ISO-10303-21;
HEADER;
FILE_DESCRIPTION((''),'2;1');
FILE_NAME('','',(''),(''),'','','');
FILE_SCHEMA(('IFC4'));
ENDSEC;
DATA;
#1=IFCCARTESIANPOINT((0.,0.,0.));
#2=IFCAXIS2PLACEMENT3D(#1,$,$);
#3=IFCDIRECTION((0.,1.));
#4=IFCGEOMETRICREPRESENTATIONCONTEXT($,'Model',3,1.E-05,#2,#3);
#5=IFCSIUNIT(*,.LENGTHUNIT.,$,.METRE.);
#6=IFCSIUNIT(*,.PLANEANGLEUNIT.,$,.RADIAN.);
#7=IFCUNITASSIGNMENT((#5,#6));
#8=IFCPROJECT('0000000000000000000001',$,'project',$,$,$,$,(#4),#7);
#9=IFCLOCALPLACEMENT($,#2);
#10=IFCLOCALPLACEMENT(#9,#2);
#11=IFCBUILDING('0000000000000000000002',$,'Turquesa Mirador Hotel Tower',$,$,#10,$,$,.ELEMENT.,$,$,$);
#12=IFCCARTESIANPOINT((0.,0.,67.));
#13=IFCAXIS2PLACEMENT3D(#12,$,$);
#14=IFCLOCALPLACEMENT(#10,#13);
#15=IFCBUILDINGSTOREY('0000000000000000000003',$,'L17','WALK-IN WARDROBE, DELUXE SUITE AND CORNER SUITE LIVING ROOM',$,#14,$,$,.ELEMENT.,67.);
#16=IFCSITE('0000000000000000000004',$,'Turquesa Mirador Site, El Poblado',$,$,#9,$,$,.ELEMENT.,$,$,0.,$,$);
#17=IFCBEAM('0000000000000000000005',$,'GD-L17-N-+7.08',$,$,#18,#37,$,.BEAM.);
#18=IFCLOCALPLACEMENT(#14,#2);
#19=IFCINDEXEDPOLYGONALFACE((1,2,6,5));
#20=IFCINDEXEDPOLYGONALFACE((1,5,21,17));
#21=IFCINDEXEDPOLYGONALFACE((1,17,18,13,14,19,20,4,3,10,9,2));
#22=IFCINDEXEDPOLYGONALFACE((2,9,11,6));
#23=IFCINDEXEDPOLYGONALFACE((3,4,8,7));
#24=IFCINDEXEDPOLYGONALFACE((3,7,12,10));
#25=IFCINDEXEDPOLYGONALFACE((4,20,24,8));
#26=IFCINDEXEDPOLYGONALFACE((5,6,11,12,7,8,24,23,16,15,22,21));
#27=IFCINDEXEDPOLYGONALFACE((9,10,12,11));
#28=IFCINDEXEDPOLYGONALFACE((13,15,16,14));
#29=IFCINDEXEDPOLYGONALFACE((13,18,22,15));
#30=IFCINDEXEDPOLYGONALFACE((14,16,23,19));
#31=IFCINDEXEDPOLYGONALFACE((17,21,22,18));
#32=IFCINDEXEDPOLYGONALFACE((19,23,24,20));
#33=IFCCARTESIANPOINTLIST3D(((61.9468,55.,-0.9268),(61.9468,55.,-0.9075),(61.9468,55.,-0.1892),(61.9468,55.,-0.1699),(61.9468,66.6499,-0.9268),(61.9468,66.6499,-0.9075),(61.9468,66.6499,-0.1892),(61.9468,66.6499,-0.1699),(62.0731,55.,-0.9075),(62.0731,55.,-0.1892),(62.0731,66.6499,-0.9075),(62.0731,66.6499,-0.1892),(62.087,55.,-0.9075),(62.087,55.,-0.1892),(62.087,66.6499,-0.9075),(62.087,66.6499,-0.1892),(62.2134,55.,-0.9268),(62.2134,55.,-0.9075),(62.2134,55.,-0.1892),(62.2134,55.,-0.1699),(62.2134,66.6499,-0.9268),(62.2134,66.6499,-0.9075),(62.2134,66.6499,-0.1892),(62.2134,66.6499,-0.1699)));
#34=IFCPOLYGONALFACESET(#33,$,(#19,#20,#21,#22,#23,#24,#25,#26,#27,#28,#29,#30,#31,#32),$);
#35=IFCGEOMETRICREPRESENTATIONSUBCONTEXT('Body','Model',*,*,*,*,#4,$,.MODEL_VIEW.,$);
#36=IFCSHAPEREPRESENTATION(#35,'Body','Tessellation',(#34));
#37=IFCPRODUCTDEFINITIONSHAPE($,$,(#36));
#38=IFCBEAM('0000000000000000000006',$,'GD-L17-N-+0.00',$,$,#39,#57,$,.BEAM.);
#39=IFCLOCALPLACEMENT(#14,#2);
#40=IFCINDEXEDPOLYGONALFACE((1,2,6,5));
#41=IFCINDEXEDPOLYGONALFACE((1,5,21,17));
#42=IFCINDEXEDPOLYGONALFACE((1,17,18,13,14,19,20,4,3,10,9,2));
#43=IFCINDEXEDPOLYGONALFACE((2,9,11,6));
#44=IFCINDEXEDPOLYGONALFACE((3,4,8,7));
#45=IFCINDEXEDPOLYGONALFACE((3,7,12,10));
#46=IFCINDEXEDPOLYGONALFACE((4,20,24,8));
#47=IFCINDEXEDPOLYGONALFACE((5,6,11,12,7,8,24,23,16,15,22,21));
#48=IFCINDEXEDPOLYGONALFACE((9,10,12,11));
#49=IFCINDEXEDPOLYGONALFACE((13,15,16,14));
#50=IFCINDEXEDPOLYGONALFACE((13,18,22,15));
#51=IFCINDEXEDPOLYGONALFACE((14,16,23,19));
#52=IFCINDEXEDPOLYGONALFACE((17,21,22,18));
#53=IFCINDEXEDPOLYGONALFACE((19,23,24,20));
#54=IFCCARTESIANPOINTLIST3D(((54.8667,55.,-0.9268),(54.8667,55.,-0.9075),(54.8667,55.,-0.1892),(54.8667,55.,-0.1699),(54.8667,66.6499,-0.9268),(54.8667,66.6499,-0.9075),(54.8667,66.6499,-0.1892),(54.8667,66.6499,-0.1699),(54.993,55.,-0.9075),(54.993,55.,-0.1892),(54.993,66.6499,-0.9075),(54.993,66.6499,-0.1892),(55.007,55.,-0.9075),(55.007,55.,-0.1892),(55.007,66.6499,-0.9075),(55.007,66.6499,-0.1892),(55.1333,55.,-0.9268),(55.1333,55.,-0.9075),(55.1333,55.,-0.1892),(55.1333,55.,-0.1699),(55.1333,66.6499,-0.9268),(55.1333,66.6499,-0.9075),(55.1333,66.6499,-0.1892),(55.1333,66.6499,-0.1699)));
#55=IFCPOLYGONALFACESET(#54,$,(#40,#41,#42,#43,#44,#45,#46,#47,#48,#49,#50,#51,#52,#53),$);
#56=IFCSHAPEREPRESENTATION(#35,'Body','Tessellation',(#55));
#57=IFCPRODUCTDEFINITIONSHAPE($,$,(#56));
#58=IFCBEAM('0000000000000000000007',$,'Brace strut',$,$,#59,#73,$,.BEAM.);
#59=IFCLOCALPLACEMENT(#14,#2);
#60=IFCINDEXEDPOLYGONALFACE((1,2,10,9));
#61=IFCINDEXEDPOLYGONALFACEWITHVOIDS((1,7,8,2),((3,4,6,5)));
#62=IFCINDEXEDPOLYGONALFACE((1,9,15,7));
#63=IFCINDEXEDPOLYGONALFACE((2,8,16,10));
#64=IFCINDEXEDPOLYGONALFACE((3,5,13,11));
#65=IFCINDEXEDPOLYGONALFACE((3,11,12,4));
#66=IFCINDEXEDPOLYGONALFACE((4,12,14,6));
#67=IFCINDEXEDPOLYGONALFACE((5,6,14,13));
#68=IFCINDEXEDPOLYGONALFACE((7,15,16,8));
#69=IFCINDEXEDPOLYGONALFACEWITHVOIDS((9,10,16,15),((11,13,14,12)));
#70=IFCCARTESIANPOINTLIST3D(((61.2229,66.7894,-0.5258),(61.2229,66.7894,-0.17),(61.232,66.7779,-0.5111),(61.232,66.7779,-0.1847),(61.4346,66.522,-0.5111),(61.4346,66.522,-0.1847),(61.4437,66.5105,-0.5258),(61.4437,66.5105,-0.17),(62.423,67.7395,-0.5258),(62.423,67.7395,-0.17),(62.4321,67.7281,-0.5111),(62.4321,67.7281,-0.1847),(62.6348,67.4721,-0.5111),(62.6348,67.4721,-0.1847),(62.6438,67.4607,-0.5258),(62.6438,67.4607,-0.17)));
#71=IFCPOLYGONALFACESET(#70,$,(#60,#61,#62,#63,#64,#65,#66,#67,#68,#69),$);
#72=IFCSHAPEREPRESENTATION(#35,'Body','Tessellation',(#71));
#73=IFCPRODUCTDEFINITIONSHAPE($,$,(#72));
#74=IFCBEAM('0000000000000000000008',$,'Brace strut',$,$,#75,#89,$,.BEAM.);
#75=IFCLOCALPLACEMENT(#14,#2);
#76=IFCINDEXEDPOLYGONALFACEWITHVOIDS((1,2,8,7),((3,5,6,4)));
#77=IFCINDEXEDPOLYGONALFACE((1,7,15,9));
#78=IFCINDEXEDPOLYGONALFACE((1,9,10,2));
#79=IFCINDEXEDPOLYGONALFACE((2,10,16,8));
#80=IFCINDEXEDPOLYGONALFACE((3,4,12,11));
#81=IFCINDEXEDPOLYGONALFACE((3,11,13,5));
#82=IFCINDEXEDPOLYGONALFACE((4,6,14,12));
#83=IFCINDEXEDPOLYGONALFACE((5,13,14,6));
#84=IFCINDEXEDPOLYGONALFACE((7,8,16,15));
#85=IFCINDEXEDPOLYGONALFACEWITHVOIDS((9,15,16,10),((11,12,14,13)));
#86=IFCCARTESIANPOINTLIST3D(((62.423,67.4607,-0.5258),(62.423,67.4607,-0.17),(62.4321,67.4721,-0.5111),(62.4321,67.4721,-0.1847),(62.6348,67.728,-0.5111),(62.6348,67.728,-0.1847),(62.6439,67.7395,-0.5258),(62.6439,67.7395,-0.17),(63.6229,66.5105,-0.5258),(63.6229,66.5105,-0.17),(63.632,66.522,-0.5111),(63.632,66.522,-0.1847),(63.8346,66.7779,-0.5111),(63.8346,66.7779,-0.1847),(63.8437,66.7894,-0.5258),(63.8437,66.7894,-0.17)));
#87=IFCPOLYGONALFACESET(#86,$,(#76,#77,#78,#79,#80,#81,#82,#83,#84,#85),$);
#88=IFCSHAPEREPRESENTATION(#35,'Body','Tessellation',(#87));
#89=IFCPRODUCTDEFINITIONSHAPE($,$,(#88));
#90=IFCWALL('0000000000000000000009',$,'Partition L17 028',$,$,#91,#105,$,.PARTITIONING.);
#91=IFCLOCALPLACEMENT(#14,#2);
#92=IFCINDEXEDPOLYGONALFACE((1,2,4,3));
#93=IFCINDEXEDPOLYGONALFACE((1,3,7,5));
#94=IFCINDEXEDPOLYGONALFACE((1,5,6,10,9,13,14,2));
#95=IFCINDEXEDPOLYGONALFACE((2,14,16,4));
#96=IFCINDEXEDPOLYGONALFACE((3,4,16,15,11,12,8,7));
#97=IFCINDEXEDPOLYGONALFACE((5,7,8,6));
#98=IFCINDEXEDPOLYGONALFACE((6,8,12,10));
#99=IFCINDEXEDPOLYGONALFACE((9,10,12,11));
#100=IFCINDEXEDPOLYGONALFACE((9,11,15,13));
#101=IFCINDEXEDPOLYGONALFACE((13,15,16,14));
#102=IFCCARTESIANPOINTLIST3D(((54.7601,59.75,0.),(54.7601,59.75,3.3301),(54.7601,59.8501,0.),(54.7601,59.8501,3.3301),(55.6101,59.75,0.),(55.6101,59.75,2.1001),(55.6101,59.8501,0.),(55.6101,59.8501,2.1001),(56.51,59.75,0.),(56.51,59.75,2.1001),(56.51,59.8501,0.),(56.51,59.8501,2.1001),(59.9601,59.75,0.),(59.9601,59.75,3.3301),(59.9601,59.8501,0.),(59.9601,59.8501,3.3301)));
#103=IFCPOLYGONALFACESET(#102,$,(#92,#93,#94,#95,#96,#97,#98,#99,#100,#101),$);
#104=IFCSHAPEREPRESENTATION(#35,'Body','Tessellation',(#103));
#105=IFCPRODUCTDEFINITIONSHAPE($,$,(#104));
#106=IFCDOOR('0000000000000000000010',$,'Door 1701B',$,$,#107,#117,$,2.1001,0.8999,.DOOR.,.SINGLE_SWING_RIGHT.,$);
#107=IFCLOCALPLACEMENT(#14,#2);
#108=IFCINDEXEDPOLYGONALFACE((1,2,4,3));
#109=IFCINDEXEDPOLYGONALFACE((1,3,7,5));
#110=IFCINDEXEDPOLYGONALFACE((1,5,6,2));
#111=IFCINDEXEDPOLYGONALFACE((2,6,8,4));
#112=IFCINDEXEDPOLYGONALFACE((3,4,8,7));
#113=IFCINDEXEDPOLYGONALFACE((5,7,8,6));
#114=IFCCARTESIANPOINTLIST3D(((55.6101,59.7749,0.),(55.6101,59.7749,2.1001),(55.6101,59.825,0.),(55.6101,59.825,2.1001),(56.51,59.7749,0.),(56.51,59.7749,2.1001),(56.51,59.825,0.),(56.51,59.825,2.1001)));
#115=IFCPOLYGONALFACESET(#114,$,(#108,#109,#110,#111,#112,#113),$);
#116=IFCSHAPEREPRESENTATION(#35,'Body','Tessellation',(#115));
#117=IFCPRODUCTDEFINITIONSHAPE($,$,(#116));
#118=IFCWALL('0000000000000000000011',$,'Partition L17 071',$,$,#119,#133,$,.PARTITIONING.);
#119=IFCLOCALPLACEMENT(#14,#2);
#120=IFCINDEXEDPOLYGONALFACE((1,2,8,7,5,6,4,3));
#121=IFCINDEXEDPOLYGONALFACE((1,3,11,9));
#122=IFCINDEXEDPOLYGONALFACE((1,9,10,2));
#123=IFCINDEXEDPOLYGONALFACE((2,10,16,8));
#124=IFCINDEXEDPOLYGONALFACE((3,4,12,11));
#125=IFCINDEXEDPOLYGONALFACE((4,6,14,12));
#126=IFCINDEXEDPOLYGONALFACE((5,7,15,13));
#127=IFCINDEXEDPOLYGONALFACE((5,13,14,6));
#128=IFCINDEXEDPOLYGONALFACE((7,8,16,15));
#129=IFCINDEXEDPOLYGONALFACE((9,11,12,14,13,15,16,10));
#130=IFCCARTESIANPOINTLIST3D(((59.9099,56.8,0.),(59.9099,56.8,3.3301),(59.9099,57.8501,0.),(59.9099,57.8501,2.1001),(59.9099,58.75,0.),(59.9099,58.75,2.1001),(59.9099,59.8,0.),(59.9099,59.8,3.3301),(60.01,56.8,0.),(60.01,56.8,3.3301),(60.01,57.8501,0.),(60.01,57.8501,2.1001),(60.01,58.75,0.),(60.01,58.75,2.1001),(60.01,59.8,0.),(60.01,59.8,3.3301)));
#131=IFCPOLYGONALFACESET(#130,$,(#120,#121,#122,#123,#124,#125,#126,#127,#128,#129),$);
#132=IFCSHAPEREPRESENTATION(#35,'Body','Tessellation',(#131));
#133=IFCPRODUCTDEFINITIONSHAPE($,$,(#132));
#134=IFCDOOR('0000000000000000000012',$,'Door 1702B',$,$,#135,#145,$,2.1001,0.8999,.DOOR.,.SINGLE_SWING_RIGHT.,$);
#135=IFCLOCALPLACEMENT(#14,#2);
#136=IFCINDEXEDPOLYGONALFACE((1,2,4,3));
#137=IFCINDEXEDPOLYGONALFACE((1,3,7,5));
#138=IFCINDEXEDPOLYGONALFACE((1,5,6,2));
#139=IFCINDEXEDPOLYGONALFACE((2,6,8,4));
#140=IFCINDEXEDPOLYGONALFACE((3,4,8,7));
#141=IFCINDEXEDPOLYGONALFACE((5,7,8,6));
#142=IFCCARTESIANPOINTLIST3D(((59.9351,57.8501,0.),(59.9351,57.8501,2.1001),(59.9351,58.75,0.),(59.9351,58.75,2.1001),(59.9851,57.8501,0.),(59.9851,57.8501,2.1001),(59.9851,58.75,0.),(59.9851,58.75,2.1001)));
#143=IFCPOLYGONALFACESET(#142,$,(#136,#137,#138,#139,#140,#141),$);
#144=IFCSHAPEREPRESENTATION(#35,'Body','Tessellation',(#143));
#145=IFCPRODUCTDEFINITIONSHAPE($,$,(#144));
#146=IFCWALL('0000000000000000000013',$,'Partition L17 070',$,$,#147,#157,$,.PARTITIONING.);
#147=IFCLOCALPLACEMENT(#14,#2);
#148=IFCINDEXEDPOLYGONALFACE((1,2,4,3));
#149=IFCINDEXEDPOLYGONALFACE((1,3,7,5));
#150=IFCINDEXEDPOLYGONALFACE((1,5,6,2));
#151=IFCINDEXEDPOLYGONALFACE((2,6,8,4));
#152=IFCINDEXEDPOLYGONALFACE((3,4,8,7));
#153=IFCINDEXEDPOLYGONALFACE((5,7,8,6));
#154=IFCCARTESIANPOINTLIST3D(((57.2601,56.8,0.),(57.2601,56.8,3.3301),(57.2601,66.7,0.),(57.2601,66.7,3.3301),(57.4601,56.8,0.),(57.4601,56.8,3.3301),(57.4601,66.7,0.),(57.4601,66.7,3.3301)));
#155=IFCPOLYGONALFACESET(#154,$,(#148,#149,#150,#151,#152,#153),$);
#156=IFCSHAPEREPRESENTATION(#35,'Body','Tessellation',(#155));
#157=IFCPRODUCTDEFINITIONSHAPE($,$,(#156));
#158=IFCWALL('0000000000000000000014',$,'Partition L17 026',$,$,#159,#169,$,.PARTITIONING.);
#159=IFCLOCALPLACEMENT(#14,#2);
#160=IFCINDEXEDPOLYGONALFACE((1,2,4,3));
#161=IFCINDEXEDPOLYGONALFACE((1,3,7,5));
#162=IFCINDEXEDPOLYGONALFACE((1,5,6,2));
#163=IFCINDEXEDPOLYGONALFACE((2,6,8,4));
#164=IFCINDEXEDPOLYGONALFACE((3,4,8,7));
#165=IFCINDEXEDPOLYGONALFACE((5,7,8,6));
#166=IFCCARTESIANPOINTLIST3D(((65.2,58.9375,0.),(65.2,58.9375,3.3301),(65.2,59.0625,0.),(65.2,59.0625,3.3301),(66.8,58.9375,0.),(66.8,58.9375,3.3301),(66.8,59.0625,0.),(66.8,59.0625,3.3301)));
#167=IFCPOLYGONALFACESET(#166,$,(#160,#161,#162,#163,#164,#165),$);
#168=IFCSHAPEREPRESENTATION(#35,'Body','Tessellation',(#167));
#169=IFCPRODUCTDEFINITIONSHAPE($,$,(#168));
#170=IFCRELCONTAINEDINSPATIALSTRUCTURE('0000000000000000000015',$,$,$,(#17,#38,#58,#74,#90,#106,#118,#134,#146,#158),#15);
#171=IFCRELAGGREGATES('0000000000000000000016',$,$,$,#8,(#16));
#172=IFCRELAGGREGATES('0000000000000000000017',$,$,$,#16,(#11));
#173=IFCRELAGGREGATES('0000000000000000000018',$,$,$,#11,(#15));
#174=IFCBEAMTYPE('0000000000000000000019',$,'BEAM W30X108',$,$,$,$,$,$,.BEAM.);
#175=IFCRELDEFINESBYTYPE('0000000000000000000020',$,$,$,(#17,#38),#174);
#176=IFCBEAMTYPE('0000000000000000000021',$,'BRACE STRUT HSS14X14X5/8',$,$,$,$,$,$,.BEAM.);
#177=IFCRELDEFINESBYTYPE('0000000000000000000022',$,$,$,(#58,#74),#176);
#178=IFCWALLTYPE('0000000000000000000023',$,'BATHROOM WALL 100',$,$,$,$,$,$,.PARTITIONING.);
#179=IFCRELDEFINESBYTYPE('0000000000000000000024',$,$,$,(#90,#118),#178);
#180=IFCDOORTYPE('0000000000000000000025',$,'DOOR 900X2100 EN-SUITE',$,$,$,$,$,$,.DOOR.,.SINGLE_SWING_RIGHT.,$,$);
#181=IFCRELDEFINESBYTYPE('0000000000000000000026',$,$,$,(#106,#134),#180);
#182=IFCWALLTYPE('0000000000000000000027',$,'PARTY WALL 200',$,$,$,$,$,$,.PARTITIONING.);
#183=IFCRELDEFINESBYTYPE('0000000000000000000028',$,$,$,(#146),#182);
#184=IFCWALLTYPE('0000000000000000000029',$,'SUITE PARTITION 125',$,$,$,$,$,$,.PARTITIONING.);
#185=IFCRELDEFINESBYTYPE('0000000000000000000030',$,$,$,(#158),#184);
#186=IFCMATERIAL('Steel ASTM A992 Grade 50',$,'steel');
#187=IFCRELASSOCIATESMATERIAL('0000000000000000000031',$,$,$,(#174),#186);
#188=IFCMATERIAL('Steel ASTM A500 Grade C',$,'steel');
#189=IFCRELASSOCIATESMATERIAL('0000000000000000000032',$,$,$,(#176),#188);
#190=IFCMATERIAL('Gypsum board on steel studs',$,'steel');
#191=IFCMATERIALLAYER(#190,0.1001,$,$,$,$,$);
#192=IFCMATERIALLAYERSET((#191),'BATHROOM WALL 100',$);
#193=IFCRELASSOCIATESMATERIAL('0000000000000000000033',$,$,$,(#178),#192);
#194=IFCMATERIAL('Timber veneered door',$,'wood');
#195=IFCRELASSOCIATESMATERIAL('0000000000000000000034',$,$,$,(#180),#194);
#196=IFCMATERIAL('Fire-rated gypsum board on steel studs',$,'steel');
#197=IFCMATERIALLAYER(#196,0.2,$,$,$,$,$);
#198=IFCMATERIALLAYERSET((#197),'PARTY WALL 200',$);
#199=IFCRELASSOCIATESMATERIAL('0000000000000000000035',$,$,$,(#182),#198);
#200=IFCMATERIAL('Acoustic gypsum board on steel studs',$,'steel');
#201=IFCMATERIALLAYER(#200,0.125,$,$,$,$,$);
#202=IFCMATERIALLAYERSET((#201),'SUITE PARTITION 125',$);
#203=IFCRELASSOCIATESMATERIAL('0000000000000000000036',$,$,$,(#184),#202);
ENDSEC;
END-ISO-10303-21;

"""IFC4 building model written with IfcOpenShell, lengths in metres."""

from ifc_helpers import new_model, si_unit, direction, frame, frame_2d, origin, origin_2d, place, context, subcontext, project, spatial, rectangle, hollow_rectangle, i_section, extrude, material, layer, layer_set, material_profile, profile_set, type_object, element, fill, save


model = new_model("IFC4")

# Units and contexts
model_context = context("Model", 3, precision=1e-05, world=origin(), true_north=direction((0.0, 1.0)))
body_context = subcontext(model_context, "Body", "Model", "MODEL_VIEW")
ifc_project = project(units=[si_unit("LENGTHUNIT", "METRE"), si_unit("PLANEANGLEUNIT", "RADIAN")], contexts=[model_context])

# Site, building, storey
site_placement = place(None, origin())
site = spatial("IfcSite", under=ifc_project, at=site_placement, Name="Turquesa Mirador Site, El Poblado", CompositionType="ELEMENT", RefElevation=0.0)
building_placement = place(site_placement, origin())
building = spatial("IfcBuilding", under=site, at=building_placement, Name="Turquesa Mirador Hotel Tower", CompositionType="ELEMENT")
storey_placement = place(building_placement, frame((0.0, 0.0, 67.0)))
storey = spatial("IfcBuildingStorey", under=building, at=storey_placement, Name="L17", Description="WALK-IN WARDROBE, DELUXE SUITE AND CORNER SUITE LIVING ROOM", CompositionType="ELEMENT", Elevation=67.0)

# Beams
ifc_material_1 = material(Name="Steel ASTM A992 Grade 50", Category="steel")
ifc_material_profile_1 = material_profile(ifc_material_1, i_section(OverallWidth=0.2666, OverallDepth=0.7568, WebThickness=0.0139, FlangeThickness=0.0193, at=origin_2d()), Name="W30X108")
ifc_profile_set_1 = profile_set([ifc_material_profile_1], Name="Steel ASTM A992 Grade 50")
beam_type_1 = type_object("IfcBeamType", Name="BEAM W30X108", PredefinedType="BEAM", material=ifc_profile_set_1)
for number, where, z_axis, x_axis, name in (
    (1, (62.0801, 66.6499, -0.5483), (0.0, -1.0, 0.0), (1.0, 0.0, 0.0), "GD-L17-N-+7.08"),
    (2, (55.0, 66.6499, -0.5483), (0.0, -1.0, 0.0), (1.0, 0.0, 0.0), "GD-L17-N-+0.00"),
):
    element("IfcBeam", number, at=place(storey_placement, frame(where, z_axis=z_axis, x_axis=x_axis)), inside=storey, type_object=beam_type_1, Name=name, PredefinedType="BEAM", context=body_context, shape_type="SweptSolid", body=[
        extrude(i_section(OverallWidth=0.2666, OverallDepth=0.7568, WebThickness=0.0139, FlangeThickness=0.0193, at=origin_2d()), origin(), (0.0, 0.0, 1.0), 11.6499),
    ])
ifc_material_2 = material(Name="Steel ASTM A500 Grade C", Category="steel")
ifc_material_profile_2 = material_profile(ifc_material_2, hollow_rectangle(XDim=0.3557, YDim=0.3557, WallThickness=0.0146, at=origin_2d()), Name="HSS14X14X5/8")
ifc_profile_set_2 = profile_set([ifc_material_profile_2], Name="Steel ASTM A500 Grade C")
beam_type_2 = type_object("IfcBeamType", Name="BRACE STRUT HSS14X14X5/8", PredefinedType="BEAM", material=ifc_profile_set_2)
beam_1_placement = place(storey_placement, frame((62.5334, 67.6001, -0.3479), z_axis=(-0.784033, -0.620719, 0.0), x_axis=(0.620719, -0.784033, 0.0)))
element("IfcBeam", 3, at=beam_1_placement, inside=storey, type_object=beam_type_2, Name="Brace strut", PredefinedType="BEAM", context=body_context, shape_type="SweptSolid", body=[
    extrude(hollow_rectangle(XDim=0.3557, YDim=0.3557, WallThickness=0.0146, at=origin_2d()), origin(), (0.0, 0.0, 1.0), 1.5308),
])
beam_2_placement = place(storey_placement, frame((62.5334, 67.6001, -0.3479), z_axis=(0.783971, -0.620797, 0.0), x_axis=(0.620797, 0.783971, 0.0)))
element("IfcBeam", 4, at=beam_2_placement, inside=storey, type_object=beam_type_2, Name="Brace strut", PredefinedType="BEAM", context=body_context, shape_type="SweptSolid", body=[
    extrude(hollow_rectangle(XDim=0.3557, YDim=0.3557, WallThickness=0.0146, at=origin_2d()), origin(), (0.0, 0.0, 1.0), 1.5305),
])

# Walls, openings, doors
ifc_material_3 = material(Name="Gypsum board on steel studs", Category="steel")
ifc_layer_1 = layer(ifc_material_3, 0.1001)
ifc_layer_set_1 = layer_set([ifc_layer_1], Name="BATHROOM WALL 100")
wall_type_1 = type_object("IfcWallType", Name="BATHROOM WALL 100", PredefinedType="PARTITIONING", material=ifc_layer_set_1)
wall_1_placement = place(storey_placement, frame((54.76, 59.8, 0.0), z_axis=(0.0, 0.0, 1.0), x_axis=(1.0, 0.0, 0.0)))
wall_1 = element("IfcWall", 5, at=wall_1_placement, inside=storey, type_object=wall_type_1, Name="Partition L17 028", PredefinedType="PARTITIONING", context=body_context, shape_type="SweptSolid", body=[
    extrude(rectangle(XDim=5.2, YDim=0.1001, at=frame_2d((2.6001, 0.0))), origin(), (0.0, 0.0, 1.0), 3.3301),
])
opening_1_placement = place(wall_1_placement, frame((0.8501, 0.0, 0.0)))
opening_1 = element("IfcOpeningElement", 6, at=opening_1_placement, cuts=wall_1, PredefinedType="OPENING", context=body_context, shape_type="SweptSolid", body=[
    extrude(rectangle(XDim=0.8999, YDim=2.1001, at=frame_2d((0.45, 1.05))), frame((0.0, 0.0601, 0.0), z_axis=(0.0, -1.0, 0.0), x_axis=(1.0, 0.0, 0.0)), (0.0, 0.0, 1.0), 0.1201),
])
ifc_material_4 = material(Name="Timber veneered door", Category="wood")
door_type_1 = type_object("IfcDoorType", Name="DOOR 900X2100 EN-SUITE", OperationType="SINGLE_SWING_RIGHT", PredefinedType="DOOR", material=ifc_material_4)
door_1_placement = place(opening_1_placement, origin())
door_1 = element("IfcDoor", 7, at=door_1_placement, inside=storey, type_object=door_type_1, Name="Door 1701B", OperationType="SINGLE_SWING_RIGHT", OverallHeight=2.1001, OverallWidth=0.8999, PredefinedType="DOOR", context=body_context, shape_type="SweptSolid", body=[
    extrude(rectangle(XDim=0.8999, YDim=2.1001, at=frame_2d((0.45, 1.05))), frame((0.0, 0.0249, 0.0), z_axis=(0.0, -1.0, 0.0), x_axis=(1.0, 0.0, 0.0)), (0.0, 0.0, 1.0), 0.05),
])
fill(opening_1, door_1)
wall_2_placement = place(storey_placement, frame((59.96, 56.8, 0.0), z_axis=(0.0, 0.0, 1.0), x_axis=(0.0, 1.0, 0.0)))
wall_2 = element("IfcWall", 8, at=wall_2_placement, inside=storey, type_object=wall_type_1, Name="Partition L17 071", PredefinedType="PARTITIONING", context=body_context, shape_type="SweptSolid", body=[
    extrude(rectangle(XDim=3.0, YDim=0.1001, at=frame_2d((1.5, 0.0))), origin(), (0.0, 0.0, 1.0), 3.3301),
])
opening_2_placement = place(wall_2_placement, frame((1.05, 0.0, 0.0)))
opening_2 = element("IfcOpeningElement", 9, at=opening_2_placement, cuts=wall_2, PredefinedType="OPENING", context=body_context, shape_type="SweptSolid", body=[
    extrude(rectangle(XDim=0.8999, YDim=2.1001, at=frame_2d((0.45, 1.05))), frame((0.0, 0.0601, 0.0), z_axis=(0.0, -1.0, 0.0), x_axis=(1.0, 0.0, 0.0)), (0.0, 0.0, 1.0), 0.1201),
])
door_2_placement = place(opening_2_placement, origin())
door_2 = element("IfcDoor", 10, at=door_2_placement, inside=storey, type_object=door_type_1, Name="Door 1702B", OperationType="SINGLE_SWING_RIGHT", OverallHeight=2.1001, OverallWidth=0.8999, PredefinedType="DOOR", context=body_context, shape_type="SweptSolid", body=[
    extrude(rectangle(XDim=0.8999, YDim=2.1001, at=frame_2d((0.45, 1.05))), frame((0.0, 0.0249, 0.0), z_axis=(0.0, -1.0, 0.0), x_axis=(1.0, 0.0, 0.0)), (0.0, 0.0, 1.0), 0.05),
])
fill(opening_2, door_2)

# Walls
ifc_material_5 = material(Name="Fire-rated gypsum board on steel studs", Category="steel")
ifc_layer_2 = layer(ifc_material_5, 0.2)
ifc_layer_set_2 = layer_set([ifc_layer_2], Name="PARTY WALL 200")
wall_type_2 = type_object("IfcWallType", Name="PARTY WALL 200", PredefinedType="PARTITIONING", material=ifc_layer_set_2)
wall_3_placement = place(storey_placement, frame((57.3601, 56.8, 0.0), z_axis=(0.0, 0.0, 1.0), x_axis=(0.0, 1.0, 0.0)))
element("IfcWall", 11, at=wall_3_placement, inside=storey, type_object=wall_type_2, Name="Partition L17 070", PredefinedType="PARTITIONING", context=body_context, shape_type="SweptSolid", body=[
    extrude(rectangle(XDim=9.8999, YDim=0.2, at=frame_2d((4.95, 0.0))), origin(), (0.0, 0.0, 1.0), 3.3301),
])
ifc_material_6 = material(Name="Acoustic gypsum board on steel studs", Category="steel")
ifc_layer_3 = layer(ifc_material_6, 0.125)
ifc_layer_set_3 = layer_set([ifc_layer_3], Name="SUITE PARTITION 125")
wall_type_3 = type_object("IfcWallType", Name="SUITE PARTITION 125", PredefinedType="PARTITIONING", material=ifc_layer_set_3)
wall_4_placement = place(storey_placement, frame((65.2, 59.0, 0.0), z_axis=(0.0, 0.0, 1.0), x_axis=(1.0, 0.0, 0.0)))
element("IfcWall", 12, at=wall_4_placement, inside=storey, type_object=wall_type_3, Name="Partition L17 026", PredefinedType="PARTITIONING", context=body_context, shape_type="SweptSolid", body=[
    extrude(rectangle(XDim=1.6001, YDim=0.125, at=frame_2d((0.8, 0.0))), origin(), (0.0, 0.0, 1.0), 3.3301),
])

save(model, "model.ifc")
